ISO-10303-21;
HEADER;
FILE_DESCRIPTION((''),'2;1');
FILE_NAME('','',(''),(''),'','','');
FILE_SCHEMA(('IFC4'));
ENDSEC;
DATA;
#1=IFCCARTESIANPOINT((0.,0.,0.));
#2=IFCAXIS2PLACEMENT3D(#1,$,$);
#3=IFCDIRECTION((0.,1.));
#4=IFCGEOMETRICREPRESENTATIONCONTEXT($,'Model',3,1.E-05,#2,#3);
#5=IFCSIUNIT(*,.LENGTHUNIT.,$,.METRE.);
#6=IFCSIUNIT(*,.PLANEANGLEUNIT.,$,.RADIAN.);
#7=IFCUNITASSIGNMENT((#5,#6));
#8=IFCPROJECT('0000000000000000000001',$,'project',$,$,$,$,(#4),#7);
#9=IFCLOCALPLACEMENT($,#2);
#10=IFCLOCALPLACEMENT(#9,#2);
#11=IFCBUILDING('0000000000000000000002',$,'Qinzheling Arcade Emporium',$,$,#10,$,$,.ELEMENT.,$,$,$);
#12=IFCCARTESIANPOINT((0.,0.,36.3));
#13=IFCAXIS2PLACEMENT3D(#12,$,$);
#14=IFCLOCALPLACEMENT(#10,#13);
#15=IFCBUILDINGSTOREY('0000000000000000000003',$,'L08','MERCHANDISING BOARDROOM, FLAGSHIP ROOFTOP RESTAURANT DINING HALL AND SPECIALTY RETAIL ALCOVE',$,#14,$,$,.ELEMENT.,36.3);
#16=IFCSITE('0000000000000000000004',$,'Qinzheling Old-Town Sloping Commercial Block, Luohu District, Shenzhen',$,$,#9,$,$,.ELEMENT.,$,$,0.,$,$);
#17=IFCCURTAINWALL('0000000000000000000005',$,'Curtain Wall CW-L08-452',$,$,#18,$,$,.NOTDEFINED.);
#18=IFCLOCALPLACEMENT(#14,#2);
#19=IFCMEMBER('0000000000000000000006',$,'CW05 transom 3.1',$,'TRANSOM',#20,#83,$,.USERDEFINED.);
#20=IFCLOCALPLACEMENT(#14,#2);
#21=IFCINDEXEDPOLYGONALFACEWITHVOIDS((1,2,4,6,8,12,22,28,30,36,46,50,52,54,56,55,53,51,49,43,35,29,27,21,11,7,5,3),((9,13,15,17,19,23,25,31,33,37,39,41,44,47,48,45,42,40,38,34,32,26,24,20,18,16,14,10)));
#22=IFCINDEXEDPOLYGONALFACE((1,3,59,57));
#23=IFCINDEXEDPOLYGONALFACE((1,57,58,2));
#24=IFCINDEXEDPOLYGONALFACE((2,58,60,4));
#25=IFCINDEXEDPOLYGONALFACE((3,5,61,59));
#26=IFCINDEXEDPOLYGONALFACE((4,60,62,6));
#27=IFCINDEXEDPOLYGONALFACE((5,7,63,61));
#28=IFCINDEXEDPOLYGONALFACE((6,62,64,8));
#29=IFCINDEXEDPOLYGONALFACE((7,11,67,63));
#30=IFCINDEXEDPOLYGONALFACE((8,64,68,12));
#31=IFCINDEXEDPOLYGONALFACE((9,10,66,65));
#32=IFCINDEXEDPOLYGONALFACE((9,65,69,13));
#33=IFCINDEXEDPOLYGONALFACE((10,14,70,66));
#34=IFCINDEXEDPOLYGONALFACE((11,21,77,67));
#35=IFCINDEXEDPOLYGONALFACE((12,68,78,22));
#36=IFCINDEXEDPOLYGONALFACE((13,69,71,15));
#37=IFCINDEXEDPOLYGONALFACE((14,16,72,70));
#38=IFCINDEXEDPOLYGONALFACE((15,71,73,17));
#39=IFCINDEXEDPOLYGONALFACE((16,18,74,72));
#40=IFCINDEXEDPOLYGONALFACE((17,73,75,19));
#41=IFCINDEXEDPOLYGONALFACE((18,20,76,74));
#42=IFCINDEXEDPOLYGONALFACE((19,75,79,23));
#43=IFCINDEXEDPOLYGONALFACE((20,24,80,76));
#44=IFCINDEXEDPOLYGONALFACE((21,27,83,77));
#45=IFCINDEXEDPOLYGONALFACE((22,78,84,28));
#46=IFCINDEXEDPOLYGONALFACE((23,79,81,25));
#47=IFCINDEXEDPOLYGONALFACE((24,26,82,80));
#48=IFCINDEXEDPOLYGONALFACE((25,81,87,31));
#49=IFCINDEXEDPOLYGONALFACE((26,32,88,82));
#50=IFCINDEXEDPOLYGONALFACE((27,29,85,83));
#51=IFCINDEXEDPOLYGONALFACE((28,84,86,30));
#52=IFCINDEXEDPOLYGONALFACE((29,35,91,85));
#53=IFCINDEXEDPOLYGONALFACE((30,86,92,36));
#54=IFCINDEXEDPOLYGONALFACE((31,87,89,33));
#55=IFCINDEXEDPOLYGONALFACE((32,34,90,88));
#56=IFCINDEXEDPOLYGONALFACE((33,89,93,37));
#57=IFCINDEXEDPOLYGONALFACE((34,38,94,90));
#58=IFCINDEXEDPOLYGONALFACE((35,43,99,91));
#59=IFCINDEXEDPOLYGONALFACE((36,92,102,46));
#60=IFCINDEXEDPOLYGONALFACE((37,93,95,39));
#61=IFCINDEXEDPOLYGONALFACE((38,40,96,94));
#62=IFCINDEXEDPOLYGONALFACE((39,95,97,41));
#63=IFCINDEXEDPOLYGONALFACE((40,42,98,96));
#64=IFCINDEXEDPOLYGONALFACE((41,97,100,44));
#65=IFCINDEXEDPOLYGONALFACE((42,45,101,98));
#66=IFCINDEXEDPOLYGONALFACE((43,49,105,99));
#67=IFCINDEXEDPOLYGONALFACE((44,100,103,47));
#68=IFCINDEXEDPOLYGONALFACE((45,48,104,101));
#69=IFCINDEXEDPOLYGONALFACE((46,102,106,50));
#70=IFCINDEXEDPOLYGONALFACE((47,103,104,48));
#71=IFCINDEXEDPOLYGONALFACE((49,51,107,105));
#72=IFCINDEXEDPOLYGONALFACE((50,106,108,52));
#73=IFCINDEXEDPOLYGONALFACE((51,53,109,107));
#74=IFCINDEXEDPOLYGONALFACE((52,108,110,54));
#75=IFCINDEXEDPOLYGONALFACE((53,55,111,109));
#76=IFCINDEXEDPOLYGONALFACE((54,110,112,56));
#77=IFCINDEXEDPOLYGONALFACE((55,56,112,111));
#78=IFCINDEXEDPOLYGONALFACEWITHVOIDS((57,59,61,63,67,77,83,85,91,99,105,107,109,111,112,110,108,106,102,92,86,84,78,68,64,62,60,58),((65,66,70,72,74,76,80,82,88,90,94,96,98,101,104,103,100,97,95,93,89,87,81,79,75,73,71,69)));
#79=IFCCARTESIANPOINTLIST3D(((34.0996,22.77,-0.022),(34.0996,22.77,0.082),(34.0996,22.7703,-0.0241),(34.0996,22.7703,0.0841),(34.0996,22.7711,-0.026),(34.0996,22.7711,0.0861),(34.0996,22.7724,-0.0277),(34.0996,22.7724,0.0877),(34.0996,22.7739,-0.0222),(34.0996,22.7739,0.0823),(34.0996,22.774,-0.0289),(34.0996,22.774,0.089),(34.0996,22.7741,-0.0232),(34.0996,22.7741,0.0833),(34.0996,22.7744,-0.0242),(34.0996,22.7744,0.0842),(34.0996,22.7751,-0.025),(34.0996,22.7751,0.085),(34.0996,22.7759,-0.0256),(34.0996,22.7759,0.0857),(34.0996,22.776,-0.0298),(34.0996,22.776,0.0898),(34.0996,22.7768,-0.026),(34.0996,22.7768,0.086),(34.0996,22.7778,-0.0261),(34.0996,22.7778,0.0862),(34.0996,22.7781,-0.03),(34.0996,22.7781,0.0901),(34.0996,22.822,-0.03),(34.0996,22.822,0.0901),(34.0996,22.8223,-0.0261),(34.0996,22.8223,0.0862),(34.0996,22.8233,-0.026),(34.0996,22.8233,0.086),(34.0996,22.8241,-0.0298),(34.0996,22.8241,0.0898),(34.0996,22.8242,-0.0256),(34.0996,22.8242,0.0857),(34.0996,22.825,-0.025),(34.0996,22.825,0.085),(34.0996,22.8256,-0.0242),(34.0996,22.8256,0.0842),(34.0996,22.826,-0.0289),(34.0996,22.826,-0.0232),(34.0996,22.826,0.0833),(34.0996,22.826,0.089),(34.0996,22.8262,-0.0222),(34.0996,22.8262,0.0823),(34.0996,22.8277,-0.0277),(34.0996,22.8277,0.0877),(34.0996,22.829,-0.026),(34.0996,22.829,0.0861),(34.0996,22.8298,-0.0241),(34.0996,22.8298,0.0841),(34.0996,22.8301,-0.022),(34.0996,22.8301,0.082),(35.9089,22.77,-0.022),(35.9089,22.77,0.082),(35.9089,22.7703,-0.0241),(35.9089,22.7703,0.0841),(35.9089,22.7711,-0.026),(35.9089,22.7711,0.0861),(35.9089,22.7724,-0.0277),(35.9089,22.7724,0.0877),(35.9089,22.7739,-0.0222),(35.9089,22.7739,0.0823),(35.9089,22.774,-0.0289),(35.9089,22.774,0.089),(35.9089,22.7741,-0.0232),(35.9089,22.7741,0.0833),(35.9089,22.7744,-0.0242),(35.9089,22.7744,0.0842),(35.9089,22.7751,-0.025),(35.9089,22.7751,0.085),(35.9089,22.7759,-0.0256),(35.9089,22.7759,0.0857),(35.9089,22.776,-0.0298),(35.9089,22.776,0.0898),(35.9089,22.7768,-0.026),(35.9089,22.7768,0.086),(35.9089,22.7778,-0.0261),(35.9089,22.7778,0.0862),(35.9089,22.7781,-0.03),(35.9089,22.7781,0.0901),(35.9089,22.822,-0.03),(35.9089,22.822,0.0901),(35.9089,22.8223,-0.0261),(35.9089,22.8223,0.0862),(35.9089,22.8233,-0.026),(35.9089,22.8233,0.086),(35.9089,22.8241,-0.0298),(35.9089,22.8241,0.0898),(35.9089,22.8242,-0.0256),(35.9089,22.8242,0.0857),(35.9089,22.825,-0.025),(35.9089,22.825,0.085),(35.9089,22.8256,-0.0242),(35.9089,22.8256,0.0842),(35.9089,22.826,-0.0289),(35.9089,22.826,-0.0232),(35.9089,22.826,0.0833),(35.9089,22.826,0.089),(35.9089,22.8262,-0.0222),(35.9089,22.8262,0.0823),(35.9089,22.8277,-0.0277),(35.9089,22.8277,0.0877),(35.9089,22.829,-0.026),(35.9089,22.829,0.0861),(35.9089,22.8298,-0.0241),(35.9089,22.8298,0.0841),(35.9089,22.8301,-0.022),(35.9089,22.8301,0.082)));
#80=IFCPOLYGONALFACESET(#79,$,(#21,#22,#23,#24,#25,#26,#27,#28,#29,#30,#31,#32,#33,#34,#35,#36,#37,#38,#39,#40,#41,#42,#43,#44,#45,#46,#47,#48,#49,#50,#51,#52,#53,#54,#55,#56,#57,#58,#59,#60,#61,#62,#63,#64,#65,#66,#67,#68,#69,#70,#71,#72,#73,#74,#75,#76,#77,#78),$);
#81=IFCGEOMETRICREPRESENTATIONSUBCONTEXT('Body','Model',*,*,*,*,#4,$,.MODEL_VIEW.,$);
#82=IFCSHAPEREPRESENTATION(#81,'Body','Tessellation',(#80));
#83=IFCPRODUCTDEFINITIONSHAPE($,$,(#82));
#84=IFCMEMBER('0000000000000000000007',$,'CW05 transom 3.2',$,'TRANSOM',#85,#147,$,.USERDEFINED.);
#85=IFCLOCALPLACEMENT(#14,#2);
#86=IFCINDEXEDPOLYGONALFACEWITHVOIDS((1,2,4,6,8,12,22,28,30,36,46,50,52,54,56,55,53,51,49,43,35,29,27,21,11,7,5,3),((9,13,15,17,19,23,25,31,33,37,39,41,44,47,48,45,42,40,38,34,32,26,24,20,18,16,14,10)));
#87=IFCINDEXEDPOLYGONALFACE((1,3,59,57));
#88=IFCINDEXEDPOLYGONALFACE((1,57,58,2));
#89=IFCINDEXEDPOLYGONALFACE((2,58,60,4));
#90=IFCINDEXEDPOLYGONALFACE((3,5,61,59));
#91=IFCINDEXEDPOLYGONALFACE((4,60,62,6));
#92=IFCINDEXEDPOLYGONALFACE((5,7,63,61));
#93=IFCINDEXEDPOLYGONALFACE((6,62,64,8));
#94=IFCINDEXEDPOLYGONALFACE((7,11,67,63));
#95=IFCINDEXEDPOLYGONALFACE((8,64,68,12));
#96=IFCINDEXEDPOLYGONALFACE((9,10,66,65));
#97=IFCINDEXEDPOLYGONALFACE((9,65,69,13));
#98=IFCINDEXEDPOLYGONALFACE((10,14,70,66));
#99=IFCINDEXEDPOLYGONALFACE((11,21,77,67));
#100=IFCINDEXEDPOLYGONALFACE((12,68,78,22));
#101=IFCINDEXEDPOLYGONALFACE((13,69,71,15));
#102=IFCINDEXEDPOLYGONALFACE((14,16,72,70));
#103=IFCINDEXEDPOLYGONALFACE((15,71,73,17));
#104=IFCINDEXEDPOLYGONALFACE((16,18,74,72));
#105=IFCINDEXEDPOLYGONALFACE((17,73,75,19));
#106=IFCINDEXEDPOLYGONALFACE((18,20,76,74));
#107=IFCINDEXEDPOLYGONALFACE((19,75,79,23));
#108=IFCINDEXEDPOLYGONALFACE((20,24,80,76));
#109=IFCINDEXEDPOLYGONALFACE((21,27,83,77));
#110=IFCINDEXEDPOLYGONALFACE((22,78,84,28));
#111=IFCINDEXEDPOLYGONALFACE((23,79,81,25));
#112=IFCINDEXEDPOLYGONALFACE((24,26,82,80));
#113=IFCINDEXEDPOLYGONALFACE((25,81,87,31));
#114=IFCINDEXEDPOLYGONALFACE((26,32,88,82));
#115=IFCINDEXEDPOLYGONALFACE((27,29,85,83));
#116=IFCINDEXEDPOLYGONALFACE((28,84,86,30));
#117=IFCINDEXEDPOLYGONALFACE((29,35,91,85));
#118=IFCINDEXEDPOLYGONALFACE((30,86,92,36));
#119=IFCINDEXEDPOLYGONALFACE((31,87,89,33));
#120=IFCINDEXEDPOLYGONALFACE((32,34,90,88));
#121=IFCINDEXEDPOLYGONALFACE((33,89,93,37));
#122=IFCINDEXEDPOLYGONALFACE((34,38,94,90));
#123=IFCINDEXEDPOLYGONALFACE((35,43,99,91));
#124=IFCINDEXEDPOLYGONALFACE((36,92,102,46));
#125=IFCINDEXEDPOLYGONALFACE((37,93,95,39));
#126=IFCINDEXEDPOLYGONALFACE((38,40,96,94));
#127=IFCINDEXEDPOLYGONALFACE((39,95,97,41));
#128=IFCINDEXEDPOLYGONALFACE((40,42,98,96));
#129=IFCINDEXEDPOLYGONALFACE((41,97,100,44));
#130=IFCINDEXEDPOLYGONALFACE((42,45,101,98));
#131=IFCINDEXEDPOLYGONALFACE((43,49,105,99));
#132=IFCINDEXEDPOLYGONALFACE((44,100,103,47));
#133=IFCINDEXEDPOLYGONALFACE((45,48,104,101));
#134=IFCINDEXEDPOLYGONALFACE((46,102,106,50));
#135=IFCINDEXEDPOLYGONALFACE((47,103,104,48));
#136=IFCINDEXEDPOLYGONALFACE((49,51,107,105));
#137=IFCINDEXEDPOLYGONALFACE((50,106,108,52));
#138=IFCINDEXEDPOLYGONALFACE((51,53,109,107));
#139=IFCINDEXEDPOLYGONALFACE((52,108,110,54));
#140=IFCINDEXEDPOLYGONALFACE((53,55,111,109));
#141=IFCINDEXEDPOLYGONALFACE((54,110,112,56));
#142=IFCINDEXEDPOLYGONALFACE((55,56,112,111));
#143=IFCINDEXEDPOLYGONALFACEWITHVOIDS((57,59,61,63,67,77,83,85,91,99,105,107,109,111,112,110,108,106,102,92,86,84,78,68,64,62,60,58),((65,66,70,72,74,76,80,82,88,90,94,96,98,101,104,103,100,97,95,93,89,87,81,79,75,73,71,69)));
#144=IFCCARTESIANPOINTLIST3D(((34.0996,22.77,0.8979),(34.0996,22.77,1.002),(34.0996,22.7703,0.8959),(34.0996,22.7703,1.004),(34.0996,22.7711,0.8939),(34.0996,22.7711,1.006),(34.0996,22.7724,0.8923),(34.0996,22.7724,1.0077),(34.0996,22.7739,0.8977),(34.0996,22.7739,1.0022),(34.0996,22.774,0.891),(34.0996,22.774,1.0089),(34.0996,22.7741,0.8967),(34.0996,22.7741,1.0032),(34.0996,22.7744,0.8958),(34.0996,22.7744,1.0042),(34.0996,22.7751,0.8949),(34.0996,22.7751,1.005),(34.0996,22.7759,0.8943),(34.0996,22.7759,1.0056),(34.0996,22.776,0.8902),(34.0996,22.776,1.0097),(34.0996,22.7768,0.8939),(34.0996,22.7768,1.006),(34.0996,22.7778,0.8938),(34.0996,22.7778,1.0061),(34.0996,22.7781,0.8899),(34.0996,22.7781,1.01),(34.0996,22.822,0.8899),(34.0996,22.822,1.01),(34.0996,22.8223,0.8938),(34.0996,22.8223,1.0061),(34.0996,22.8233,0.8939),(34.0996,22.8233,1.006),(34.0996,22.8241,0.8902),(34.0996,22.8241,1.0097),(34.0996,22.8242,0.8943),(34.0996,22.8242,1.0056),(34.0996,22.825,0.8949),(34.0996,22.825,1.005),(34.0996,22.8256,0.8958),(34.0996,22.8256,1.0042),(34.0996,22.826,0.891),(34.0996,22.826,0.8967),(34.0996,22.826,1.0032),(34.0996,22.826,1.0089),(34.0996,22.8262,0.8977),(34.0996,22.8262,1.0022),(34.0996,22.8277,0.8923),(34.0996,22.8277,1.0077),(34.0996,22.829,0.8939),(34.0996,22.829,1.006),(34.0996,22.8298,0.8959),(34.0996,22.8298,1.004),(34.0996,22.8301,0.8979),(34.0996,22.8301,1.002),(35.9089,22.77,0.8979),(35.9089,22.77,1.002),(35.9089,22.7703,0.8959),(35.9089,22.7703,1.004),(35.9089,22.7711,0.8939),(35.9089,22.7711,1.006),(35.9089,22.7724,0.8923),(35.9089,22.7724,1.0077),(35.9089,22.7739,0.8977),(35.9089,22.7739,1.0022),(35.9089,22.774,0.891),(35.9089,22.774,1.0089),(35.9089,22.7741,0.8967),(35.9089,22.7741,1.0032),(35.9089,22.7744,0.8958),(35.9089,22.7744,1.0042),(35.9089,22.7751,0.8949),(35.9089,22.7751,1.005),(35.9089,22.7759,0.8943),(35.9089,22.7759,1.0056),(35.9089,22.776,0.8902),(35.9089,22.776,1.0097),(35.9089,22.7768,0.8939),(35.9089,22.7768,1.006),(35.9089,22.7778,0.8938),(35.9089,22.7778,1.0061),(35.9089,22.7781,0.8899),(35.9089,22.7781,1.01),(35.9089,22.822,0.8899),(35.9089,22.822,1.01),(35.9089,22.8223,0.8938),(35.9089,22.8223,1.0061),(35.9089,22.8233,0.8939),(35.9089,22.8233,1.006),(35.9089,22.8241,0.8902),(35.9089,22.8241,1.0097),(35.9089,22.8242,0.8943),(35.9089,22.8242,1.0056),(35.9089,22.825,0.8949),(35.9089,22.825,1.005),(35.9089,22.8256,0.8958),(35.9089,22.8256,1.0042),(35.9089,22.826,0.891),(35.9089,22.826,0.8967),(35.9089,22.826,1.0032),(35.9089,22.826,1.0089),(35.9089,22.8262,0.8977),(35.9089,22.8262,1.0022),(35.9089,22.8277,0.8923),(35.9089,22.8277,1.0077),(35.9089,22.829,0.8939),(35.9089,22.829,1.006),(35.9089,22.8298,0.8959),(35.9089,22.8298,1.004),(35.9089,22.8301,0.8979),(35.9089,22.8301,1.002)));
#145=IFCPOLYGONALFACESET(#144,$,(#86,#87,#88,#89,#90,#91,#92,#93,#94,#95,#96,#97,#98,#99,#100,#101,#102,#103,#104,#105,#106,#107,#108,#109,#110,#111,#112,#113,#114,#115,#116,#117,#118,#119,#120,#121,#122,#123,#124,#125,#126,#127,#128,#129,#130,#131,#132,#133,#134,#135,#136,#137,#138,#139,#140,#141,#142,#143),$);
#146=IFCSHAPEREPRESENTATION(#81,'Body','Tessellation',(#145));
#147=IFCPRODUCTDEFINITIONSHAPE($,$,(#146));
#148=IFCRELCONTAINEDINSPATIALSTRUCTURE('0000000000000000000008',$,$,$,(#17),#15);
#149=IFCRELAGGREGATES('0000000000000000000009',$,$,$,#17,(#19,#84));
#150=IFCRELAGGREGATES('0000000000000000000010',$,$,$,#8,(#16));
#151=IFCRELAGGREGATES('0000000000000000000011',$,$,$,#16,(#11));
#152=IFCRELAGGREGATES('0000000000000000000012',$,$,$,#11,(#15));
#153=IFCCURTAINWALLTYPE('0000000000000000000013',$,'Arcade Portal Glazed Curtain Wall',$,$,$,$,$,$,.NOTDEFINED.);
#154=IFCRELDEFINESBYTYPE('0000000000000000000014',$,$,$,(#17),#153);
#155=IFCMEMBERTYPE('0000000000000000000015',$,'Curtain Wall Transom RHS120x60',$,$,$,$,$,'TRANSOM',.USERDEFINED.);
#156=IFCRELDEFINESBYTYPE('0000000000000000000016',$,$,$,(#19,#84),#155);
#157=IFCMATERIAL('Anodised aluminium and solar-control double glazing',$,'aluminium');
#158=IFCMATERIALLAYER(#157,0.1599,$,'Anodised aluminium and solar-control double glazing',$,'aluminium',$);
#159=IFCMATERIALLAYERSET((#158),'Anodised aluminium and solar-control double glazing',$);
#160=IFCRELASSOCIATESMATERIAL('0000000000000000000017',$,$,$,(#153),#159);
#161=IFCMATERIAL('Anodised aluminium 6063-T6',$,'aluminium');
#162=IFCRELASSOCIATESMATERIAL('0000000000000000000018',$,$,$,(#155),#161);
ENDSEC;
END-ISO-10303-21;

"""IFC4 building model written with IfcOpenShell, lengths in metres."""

from ifc_helpers import new_model, si_unit, direction, frame, origin, origin_2d, place, context, subcontext, project, spatial, hollow_rectangle, extrude, material, layer, layer_set, material_profile, profile_set, type_object, element, aggregate, save


model = new_model("IFC4")

# Units and contexts
model_context = context("Model", 3, precision=1e-05, world=origin(), true_north=direction((0.0, 1.0)))
body_context = subcontext(model_context, "Body", "Model", "MODEL_VIEW")
ifc_project = project(units=[si_unit("LENGTHUNIT", "METRE"), si_unit("PLANEANGLEUNIT", "RADIAN")], contexts=[model_context])

# Site, building, storey
site_placement = place(None, origin())
site = spatial("IfcSite", under=ifc_project, at=site_placement, Name="Qinzheling Old-Town Sloping Commercial Block, Luohu District, Shenzhen", CompositionType="ELEMENT", RefElevation=0.0)
building_placement = place(site_placement, origin())
building = spatial("IfcBuilding", under=site, at=building_placement, Name="Qinzheling Arcade Emporium", CompositionType="ELEMENT")
storey_placement = place(building_placement, frame((0.0, 0.0, 36.3)))
storey = spatial("IfcBuildingStorey", under=building, at=storey_placement, Name="L08", Description="MERCHANDISING BOARDROOM, FLAGSHIP ROOFTOP RESTAURANT DINING HALL AND SPECIALTY RETAIL ALCOVE", CompositionType="ELEMENT", Elevation=36.3)

# Shared definitions
ifc_material_1 = material(Name="Anodised aluminium and solar-control double glazing", Category="aluminium")
ifc_layer_1 = layer(ifc_material_1, 0.1599, Name="Anodised aluminium and solar-control double glazing", Category="aluminium")
ifc_layer_set_1 = layer_set([ifc_layer_1], Name="Anodised aluminium and solar-control double glazing")
curtain_wall_type = type_object("IfcCurtainWallType", Name="Arcade Portal Glazed Curtain Wall", PredefinedType="NOTDEFINED", material=ifc_layer_set_1)
ifc_material_2 = material(Name="Anodised aluminium 6063-T6", Category="aluminium")

# Curtain wall, members
curtain_wall_1_placement = place(storey_placement, origin())
curtain_wall_1 = element("IfcCurtainWall", 1, at=curtain_wall_1_placement, inside=storey, type_object=curtain_wall_type, Name="Curtain Wall CW-L08-452", PredefinedType="NOTDEFINED")
ifc_material_profile_1 = material_profile(ifc_material_2, hollow_rectangle(XDim=0.0601, YDim=0.1201, WallThickness=0.0039, InnerFilletRadius=0.0039, OuterFilletRadius=0.0081, at=origin_2d()), Name="RHS 120x60x4", Category="aluminium")
ifc_profile_set_1 = profile_set([ifc_material_profile_1], Name="Anodised aluminium 6063-T6")
member_type_1 = type_object("IfcMemberType", Name="Curtain Wall Transom RHS120x60", ElementType="TRANSOM", PredefinedType="USERDEFINED", material=ifc_profile_set_1)
member_1_placement = place(storey_placement, frame((35.9089, 22.8, 0.03), z_axis=(-1.0, 0.0, 0.0), x_axis=(0.0, -1.0, 0.0)))
member_1 = element("IfcMember", 2, at=member_1_placement, type_object=member_type_1, Name="CW05 transom 3.1", ObjectType="TRANSOM", PredefinedType="USERDEFINED", context=body_context, shape_type="SweptSolid", body=[
    extrude(hollow_rectangle(XDim=0.0601, YDim=0.1201, WallThickness=0.0039, InnerFilletRadius=0.0039, OuterFilletRadius=0.0081, at=origin_2d()), origin(), (0.0, 0.0, 1.0), 1.8093),
])
member_2_placement = place(storey_placement, frame((35.9089, 22.8, 0.95), z_axis=(-1.0, 0.0, 0.0), x_axis=(0.0, -1.0, 0.0)))
member_2 = element("IfcMember", 3, at=member_2_placement, type_object=member_type_1, Name="CW05 transom 3.2", ObjectType="TRANSOM", PredefinedType="USERDEFINED", context=body_context, shape_type="SweptSolid", body=[
    extrude(hollow_rectangle(XDim=0.0601, YDim=0.1201, WallThickness=0.0039, InnerFilletRadius=0.0039, OuterFilletRadius=0.0081, at=origin_2d()), origin(), (0.0, 0.0, 1.0), 1.8093),
])

aggregate(curtain_wall_1, [member_1, member_2])

save(model, "model.ifc")
